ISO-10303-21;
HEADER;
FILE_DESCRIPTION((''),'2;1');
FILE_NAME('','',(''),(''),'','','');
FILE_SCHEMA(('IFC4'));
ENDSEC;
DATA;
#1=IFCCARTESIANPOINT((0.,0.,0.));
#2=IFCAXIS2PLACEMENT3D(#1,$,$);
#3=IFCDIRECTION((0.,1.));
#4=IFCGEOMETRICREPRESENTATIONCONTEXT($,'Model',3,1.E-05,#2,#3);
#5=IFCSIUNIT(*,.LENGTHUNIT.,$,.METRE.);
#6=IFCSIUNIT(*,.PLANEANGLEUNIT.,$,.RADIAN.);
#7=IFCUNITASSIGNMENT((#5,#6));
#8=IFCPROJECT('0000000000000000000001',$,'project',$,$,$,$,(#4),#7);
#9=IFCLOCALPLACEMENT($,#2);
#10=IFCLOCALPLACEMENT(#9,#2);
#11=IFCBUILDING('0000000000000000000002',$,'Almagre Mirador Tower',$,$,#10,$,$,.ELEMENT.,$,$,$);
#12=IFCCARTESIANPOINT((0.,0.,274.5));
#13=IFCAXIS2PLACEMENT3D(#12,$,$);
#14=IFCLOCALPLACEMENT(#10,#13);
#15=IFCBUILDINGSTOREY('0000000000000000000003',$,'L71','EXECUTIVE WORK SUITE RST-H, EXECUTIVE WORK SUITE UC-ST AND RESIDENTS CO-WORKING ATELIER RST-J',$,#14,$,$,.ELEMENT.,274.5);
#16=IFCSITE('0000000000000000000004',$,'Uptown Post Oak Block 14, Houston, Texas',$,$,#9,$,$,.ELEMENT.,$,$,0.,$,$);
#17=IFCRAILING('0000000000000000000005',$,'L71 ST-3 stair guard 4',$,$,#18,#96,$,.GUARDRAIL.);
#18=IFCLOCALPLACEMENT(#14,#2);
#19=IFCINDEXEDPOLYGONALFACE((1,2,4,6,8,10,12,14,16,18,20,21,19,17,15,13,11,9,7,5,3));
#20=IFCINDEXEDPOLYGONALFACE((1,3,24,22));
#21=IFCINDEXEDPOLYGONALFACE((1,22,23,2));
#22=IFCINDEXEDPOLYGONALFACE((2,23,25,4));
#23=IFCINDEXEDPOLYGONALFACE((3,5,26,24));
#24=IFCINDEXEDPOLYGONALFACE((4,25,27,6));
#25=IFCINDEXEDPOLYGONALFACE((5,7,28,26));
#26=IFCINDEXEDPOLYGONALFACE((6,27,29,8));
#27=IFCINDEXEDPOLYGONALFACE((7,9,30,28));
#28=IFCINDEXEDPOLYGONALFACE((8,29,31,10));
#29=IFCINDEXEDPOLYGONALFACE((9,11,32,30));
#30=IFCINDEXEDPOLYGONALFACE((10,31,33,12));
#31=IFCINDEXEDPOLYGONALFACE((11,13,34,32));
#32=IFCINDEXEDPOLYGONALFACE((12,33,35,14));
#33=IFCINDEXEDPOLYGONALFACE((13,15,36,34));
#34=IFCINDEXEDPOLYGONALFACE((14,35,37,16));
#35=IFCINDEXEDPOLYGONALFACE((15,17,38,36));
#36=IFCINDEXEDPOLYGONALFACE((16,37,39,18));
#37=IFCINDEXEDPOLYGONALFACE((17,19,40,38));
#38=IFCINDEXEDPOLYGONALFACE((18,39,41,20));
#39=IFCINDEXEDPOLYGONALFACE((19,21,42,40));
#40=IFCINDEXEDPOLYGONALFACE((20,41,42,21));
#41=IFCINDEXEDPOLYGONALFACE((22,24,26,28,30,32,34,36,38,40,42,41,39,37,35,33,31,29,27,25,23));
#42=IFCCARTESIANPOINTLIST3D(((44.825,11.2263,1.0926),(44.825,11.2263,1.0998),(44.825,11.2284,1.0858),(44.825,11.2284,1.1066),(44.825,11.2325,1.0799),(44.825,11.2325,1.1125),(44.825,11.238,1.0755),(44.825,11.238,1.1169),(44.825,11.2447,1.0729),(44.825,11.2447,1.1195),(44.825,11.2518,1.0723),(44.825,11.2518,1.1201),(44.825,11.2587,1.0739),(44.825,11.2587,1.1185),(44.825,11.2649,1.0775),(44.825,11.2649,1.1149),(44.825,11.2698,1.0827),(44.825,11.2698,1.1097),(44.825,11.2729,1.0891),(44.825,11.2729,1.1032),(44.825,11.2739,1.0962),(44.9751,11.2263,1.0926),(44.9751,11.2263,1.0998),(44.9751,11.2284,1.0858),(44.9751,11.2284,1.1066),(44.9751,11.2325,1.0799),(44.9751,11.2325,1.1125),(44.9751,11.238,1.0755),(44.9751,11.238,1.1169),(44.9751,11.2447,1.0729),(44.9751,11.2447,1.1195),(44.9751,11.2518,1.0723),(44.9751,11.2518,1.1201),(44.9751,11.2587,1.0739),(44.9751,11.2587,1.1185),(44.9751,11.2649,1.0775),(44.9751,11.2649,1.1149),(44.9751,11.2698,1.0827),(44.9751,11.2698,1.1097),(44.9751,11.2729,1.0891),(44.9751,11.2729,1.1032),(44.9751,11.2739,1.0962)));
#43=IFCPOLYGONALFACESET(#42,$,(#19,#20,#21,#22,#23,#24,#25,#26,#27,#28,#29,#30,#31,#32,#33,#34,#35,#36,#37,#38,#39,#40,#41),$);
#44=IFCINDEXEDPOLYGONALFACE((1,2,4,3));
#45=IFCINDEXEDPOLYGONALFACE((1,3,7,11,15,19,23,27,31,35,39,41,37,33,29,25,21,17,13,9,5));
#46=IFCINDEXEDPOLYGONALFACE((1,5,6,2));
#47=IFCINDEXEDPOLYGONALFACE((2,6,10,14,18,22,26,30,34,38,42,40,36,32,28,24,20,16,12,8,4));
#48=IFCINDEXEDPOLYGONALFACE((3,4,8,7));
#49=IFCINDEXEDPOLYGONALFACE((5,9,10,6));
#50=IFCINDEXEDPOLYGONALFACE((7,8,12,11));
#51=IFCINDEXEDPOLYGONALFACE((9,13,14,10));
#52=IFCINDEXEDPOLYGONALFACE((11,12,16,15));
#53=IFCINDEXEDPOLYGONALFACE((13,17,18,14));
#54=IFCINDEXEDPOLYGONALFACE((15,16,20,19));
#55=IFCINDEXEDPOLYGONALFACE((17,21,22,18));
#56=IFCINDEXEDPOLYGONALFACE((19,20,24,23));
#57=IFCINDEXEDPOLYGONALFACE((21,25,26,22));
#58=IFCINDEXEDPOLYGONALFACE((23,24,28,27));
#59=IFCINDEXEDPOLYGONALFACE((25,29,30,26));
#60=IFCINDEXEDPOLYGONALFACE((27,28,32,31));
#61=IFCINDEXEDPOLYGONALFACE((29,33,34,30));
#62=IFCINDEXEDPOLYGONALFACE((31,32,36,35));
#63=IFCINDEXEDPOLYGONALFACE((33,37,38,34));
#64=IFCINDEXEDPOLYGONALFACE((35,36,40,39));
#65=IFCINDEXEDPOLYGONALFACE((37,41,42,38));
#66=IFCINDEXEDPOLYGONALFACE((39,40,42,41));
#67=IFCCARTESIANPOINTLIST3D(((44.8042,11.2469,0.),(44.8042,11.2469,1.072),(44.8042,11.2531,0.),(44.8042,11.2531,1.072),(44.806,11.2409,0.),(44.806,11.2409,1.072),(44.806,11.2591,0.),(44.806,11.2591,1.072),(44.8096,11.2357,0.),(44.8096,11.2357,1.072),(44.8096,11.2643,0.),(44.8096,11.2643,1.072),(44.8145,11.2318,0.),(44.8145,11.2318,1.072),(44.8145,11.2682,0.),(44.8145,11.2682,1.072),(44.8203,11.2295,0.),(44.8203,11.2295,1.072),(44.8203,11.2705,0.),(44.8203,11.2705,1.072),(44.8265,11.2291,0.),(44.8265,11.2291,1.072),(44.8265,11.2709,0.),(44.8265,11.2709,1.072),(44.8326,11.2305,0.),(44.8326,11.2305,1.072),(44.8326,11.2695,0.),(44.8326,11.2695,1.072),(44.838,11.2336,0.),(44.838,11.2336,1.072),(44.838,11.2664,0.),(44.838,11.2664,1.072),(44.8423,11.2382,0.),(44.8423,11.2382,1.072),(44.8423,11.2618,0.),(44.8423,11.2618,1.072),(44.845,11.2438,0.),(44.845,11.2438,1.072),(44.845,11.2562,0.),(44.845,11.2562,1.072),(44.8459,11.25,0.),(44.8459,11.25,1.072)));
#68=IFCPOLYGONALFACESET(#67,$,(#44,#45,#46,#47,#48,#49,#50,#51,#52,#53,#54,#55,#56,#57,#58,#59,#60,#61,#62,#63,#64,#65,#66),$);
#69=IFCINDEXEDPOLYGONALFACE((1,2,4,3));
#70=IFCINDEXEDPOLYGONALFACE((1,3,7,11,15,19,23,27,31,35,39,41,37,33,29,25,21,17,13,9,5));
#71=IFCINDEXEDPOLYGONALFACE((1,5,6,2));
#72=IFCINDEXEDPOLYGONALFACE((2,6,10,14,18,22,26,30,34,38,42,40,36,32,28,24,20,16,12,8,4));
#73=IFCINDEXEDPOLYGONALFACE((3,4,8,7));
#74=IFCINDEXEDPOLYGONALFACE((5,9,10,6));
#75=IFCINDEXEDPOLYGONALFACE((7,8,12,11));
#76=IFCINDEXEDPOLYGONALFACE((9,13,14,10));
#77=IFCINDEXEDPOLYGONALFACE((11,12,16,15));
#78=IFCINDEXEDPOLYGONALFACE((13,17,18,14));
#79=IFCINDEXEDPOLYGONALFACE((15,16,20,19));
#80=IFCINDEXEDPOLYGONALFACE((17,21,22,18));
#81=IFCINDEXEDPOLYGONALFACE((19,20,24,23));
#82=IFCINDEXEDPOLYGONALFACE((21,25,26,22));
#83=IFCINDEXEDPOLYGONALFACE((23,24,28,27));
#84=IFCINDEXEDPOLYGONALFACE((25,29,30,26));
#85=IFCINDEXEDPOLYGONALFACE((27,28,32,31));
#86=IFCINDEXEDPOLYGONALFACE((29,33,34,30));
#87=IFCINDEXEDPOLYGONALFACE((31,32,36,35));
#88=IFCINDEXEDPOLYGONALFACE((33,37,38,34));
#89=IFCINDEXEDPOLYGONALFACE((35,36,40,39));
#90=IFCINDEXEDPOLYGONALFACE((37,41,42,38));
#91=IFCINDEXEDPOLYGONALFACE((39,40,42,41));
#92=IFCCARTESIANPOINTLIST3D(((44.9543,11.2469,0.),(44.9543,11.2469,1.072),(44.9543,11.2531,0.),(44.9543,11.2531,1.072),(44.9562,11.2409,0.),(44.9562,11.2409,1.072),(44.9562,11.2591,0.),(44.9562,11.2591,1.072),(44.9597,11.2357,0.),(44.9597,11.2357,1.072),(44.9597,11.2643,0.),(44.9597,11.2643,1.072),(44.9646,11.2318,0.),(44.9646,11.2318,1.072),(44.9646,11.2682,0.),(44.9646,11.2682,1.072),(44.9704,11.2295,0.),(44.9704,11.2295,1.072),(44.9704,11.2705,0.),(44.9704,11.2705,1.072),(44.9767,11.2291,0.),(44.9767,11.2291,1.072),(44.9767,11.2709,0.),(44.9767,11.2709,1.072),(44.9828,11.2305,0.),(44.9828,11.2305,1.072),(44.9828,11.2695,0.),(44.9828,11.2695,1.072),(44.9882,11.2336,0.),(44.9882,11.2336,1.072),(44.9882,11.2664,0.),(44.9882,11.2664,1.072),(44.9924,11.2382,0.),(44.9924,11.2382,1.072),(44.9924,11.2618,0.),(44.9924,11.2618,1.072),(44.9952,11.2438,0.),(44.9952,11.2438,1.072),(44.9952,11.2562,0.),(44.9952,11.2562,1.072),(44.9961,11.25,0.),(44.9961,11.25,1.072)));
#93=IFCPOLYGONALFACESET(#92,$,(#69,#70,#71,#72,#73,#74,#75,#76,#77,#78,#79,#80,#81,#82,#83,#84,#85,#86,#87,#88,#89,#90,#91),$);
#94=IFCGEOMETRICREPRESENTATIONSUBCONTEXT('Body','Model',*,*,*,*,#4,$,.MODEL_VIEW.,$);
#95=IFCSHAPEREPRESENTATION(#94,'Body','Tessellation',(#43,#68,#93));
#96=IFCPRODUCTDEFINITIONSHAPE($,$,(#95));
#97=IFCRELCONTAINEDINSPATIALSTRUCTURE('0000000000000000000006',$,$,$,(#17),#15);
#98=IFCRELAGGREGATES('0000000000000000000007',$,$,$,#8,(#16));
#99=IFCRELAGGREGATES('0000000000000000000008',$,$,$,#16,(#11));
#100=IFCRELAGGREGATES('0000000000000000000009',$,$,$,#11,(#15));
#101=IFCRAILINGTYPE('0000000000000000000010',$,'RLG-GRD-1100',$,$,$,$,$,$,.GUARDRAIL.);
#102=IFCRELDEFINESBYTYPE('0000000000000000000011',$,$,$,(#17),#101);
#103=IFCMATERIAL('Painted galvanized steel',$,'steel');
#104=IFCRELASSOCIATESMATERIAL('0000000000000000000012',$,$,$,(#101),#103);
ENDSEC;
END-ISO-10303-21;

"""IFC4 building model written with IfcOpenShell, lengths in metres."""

from ifc_helpers import new_model, si_unit, direction, frame, origin, origin_2d, place, context, subcontext, project, spatial, circle, extrude, material, type_object, element, save


model = new_model("IFC4")

# Units and contexts
model_context = context("Model", 3, precision=1e-05, world=origin(), true_north=direction((0.0, 1.0)))
body_context = subcontext(model_context, "Body", "Model", "MODEL_VIEW")
ifc_project = project(units=[si_unit("LENGTHUNIT", "METRE"), si_unit("PLANEANGLEUNIT", "RADIAN")], contexts=[model_context])

# Site, building, storey
site_placement = place(None, origin())
site = spatial("IfcSite", under=ifc_project, at=site_placement, Name="Uptown Post Oak Block 14, Houston, Texas", CompositionType="ELEMENT", RefElevation=0.0)
building_placement = place(site_placement, origin())
building = spatial("IfcBuilding", under=site, at=building_placement, Name="Almagre Mirador Tower", CompositionType="ELEMENT")
storey_placement = place(building_placement, frame((0.0, 0.0, 274.5)))
storey = spatial("IfcBuildingStorey", under=building, at=storey_placement, Name="L71", Description="EXECUTIVE WORK SUITE RST-H, EXECUTIVE WORK SUITE UC-ST AND RESIDENTS CO-WORKING ATELIER RST-J", CompositionType="ELEMENT", Elevation=274.5)

# Railing
ifc_material_1 = material(Name="Painted galvanized steel", Category="steel")
railing_type_1 = type_object("IfcRailingType", Name="RLG-GRD-1100", PredefinedType="GUARDRAIL", material=ifc_material_1)
railing_1_placement = place(storey_placement, frame((44.825, 11.25, 0.0)))
element("IfcRailing", 1, at=railing_1_placement, inside=storey, type_object=railing_type_1, Name="L71 ST-3 stair guard 4", PredefinedType="GUARDRAIL", context=body_context, shape_type="SweptSolid", body=[
    extrude(circle(Radius=0.0239, at=origin_2d()), frame((0.0, 0.0, 1.0962), z_axis=(1.0, 0.0, 0.0), x_axis=(0.0, 1.0, 0.0)), (0.0, 0.0, 1.0), 0.1501),
    extrude(circle(Radius=0.021, at=origin_2d()), origin(), (0.0, 0.0, 1.0), 1.072),
    extrude(circle(Radius=0.021, at=origin_2d()), frame((0.1501, 0.0, 0.0)), (0.0, 0.0, 1.0), 1.072),
])

save(model, "model.ifc")
